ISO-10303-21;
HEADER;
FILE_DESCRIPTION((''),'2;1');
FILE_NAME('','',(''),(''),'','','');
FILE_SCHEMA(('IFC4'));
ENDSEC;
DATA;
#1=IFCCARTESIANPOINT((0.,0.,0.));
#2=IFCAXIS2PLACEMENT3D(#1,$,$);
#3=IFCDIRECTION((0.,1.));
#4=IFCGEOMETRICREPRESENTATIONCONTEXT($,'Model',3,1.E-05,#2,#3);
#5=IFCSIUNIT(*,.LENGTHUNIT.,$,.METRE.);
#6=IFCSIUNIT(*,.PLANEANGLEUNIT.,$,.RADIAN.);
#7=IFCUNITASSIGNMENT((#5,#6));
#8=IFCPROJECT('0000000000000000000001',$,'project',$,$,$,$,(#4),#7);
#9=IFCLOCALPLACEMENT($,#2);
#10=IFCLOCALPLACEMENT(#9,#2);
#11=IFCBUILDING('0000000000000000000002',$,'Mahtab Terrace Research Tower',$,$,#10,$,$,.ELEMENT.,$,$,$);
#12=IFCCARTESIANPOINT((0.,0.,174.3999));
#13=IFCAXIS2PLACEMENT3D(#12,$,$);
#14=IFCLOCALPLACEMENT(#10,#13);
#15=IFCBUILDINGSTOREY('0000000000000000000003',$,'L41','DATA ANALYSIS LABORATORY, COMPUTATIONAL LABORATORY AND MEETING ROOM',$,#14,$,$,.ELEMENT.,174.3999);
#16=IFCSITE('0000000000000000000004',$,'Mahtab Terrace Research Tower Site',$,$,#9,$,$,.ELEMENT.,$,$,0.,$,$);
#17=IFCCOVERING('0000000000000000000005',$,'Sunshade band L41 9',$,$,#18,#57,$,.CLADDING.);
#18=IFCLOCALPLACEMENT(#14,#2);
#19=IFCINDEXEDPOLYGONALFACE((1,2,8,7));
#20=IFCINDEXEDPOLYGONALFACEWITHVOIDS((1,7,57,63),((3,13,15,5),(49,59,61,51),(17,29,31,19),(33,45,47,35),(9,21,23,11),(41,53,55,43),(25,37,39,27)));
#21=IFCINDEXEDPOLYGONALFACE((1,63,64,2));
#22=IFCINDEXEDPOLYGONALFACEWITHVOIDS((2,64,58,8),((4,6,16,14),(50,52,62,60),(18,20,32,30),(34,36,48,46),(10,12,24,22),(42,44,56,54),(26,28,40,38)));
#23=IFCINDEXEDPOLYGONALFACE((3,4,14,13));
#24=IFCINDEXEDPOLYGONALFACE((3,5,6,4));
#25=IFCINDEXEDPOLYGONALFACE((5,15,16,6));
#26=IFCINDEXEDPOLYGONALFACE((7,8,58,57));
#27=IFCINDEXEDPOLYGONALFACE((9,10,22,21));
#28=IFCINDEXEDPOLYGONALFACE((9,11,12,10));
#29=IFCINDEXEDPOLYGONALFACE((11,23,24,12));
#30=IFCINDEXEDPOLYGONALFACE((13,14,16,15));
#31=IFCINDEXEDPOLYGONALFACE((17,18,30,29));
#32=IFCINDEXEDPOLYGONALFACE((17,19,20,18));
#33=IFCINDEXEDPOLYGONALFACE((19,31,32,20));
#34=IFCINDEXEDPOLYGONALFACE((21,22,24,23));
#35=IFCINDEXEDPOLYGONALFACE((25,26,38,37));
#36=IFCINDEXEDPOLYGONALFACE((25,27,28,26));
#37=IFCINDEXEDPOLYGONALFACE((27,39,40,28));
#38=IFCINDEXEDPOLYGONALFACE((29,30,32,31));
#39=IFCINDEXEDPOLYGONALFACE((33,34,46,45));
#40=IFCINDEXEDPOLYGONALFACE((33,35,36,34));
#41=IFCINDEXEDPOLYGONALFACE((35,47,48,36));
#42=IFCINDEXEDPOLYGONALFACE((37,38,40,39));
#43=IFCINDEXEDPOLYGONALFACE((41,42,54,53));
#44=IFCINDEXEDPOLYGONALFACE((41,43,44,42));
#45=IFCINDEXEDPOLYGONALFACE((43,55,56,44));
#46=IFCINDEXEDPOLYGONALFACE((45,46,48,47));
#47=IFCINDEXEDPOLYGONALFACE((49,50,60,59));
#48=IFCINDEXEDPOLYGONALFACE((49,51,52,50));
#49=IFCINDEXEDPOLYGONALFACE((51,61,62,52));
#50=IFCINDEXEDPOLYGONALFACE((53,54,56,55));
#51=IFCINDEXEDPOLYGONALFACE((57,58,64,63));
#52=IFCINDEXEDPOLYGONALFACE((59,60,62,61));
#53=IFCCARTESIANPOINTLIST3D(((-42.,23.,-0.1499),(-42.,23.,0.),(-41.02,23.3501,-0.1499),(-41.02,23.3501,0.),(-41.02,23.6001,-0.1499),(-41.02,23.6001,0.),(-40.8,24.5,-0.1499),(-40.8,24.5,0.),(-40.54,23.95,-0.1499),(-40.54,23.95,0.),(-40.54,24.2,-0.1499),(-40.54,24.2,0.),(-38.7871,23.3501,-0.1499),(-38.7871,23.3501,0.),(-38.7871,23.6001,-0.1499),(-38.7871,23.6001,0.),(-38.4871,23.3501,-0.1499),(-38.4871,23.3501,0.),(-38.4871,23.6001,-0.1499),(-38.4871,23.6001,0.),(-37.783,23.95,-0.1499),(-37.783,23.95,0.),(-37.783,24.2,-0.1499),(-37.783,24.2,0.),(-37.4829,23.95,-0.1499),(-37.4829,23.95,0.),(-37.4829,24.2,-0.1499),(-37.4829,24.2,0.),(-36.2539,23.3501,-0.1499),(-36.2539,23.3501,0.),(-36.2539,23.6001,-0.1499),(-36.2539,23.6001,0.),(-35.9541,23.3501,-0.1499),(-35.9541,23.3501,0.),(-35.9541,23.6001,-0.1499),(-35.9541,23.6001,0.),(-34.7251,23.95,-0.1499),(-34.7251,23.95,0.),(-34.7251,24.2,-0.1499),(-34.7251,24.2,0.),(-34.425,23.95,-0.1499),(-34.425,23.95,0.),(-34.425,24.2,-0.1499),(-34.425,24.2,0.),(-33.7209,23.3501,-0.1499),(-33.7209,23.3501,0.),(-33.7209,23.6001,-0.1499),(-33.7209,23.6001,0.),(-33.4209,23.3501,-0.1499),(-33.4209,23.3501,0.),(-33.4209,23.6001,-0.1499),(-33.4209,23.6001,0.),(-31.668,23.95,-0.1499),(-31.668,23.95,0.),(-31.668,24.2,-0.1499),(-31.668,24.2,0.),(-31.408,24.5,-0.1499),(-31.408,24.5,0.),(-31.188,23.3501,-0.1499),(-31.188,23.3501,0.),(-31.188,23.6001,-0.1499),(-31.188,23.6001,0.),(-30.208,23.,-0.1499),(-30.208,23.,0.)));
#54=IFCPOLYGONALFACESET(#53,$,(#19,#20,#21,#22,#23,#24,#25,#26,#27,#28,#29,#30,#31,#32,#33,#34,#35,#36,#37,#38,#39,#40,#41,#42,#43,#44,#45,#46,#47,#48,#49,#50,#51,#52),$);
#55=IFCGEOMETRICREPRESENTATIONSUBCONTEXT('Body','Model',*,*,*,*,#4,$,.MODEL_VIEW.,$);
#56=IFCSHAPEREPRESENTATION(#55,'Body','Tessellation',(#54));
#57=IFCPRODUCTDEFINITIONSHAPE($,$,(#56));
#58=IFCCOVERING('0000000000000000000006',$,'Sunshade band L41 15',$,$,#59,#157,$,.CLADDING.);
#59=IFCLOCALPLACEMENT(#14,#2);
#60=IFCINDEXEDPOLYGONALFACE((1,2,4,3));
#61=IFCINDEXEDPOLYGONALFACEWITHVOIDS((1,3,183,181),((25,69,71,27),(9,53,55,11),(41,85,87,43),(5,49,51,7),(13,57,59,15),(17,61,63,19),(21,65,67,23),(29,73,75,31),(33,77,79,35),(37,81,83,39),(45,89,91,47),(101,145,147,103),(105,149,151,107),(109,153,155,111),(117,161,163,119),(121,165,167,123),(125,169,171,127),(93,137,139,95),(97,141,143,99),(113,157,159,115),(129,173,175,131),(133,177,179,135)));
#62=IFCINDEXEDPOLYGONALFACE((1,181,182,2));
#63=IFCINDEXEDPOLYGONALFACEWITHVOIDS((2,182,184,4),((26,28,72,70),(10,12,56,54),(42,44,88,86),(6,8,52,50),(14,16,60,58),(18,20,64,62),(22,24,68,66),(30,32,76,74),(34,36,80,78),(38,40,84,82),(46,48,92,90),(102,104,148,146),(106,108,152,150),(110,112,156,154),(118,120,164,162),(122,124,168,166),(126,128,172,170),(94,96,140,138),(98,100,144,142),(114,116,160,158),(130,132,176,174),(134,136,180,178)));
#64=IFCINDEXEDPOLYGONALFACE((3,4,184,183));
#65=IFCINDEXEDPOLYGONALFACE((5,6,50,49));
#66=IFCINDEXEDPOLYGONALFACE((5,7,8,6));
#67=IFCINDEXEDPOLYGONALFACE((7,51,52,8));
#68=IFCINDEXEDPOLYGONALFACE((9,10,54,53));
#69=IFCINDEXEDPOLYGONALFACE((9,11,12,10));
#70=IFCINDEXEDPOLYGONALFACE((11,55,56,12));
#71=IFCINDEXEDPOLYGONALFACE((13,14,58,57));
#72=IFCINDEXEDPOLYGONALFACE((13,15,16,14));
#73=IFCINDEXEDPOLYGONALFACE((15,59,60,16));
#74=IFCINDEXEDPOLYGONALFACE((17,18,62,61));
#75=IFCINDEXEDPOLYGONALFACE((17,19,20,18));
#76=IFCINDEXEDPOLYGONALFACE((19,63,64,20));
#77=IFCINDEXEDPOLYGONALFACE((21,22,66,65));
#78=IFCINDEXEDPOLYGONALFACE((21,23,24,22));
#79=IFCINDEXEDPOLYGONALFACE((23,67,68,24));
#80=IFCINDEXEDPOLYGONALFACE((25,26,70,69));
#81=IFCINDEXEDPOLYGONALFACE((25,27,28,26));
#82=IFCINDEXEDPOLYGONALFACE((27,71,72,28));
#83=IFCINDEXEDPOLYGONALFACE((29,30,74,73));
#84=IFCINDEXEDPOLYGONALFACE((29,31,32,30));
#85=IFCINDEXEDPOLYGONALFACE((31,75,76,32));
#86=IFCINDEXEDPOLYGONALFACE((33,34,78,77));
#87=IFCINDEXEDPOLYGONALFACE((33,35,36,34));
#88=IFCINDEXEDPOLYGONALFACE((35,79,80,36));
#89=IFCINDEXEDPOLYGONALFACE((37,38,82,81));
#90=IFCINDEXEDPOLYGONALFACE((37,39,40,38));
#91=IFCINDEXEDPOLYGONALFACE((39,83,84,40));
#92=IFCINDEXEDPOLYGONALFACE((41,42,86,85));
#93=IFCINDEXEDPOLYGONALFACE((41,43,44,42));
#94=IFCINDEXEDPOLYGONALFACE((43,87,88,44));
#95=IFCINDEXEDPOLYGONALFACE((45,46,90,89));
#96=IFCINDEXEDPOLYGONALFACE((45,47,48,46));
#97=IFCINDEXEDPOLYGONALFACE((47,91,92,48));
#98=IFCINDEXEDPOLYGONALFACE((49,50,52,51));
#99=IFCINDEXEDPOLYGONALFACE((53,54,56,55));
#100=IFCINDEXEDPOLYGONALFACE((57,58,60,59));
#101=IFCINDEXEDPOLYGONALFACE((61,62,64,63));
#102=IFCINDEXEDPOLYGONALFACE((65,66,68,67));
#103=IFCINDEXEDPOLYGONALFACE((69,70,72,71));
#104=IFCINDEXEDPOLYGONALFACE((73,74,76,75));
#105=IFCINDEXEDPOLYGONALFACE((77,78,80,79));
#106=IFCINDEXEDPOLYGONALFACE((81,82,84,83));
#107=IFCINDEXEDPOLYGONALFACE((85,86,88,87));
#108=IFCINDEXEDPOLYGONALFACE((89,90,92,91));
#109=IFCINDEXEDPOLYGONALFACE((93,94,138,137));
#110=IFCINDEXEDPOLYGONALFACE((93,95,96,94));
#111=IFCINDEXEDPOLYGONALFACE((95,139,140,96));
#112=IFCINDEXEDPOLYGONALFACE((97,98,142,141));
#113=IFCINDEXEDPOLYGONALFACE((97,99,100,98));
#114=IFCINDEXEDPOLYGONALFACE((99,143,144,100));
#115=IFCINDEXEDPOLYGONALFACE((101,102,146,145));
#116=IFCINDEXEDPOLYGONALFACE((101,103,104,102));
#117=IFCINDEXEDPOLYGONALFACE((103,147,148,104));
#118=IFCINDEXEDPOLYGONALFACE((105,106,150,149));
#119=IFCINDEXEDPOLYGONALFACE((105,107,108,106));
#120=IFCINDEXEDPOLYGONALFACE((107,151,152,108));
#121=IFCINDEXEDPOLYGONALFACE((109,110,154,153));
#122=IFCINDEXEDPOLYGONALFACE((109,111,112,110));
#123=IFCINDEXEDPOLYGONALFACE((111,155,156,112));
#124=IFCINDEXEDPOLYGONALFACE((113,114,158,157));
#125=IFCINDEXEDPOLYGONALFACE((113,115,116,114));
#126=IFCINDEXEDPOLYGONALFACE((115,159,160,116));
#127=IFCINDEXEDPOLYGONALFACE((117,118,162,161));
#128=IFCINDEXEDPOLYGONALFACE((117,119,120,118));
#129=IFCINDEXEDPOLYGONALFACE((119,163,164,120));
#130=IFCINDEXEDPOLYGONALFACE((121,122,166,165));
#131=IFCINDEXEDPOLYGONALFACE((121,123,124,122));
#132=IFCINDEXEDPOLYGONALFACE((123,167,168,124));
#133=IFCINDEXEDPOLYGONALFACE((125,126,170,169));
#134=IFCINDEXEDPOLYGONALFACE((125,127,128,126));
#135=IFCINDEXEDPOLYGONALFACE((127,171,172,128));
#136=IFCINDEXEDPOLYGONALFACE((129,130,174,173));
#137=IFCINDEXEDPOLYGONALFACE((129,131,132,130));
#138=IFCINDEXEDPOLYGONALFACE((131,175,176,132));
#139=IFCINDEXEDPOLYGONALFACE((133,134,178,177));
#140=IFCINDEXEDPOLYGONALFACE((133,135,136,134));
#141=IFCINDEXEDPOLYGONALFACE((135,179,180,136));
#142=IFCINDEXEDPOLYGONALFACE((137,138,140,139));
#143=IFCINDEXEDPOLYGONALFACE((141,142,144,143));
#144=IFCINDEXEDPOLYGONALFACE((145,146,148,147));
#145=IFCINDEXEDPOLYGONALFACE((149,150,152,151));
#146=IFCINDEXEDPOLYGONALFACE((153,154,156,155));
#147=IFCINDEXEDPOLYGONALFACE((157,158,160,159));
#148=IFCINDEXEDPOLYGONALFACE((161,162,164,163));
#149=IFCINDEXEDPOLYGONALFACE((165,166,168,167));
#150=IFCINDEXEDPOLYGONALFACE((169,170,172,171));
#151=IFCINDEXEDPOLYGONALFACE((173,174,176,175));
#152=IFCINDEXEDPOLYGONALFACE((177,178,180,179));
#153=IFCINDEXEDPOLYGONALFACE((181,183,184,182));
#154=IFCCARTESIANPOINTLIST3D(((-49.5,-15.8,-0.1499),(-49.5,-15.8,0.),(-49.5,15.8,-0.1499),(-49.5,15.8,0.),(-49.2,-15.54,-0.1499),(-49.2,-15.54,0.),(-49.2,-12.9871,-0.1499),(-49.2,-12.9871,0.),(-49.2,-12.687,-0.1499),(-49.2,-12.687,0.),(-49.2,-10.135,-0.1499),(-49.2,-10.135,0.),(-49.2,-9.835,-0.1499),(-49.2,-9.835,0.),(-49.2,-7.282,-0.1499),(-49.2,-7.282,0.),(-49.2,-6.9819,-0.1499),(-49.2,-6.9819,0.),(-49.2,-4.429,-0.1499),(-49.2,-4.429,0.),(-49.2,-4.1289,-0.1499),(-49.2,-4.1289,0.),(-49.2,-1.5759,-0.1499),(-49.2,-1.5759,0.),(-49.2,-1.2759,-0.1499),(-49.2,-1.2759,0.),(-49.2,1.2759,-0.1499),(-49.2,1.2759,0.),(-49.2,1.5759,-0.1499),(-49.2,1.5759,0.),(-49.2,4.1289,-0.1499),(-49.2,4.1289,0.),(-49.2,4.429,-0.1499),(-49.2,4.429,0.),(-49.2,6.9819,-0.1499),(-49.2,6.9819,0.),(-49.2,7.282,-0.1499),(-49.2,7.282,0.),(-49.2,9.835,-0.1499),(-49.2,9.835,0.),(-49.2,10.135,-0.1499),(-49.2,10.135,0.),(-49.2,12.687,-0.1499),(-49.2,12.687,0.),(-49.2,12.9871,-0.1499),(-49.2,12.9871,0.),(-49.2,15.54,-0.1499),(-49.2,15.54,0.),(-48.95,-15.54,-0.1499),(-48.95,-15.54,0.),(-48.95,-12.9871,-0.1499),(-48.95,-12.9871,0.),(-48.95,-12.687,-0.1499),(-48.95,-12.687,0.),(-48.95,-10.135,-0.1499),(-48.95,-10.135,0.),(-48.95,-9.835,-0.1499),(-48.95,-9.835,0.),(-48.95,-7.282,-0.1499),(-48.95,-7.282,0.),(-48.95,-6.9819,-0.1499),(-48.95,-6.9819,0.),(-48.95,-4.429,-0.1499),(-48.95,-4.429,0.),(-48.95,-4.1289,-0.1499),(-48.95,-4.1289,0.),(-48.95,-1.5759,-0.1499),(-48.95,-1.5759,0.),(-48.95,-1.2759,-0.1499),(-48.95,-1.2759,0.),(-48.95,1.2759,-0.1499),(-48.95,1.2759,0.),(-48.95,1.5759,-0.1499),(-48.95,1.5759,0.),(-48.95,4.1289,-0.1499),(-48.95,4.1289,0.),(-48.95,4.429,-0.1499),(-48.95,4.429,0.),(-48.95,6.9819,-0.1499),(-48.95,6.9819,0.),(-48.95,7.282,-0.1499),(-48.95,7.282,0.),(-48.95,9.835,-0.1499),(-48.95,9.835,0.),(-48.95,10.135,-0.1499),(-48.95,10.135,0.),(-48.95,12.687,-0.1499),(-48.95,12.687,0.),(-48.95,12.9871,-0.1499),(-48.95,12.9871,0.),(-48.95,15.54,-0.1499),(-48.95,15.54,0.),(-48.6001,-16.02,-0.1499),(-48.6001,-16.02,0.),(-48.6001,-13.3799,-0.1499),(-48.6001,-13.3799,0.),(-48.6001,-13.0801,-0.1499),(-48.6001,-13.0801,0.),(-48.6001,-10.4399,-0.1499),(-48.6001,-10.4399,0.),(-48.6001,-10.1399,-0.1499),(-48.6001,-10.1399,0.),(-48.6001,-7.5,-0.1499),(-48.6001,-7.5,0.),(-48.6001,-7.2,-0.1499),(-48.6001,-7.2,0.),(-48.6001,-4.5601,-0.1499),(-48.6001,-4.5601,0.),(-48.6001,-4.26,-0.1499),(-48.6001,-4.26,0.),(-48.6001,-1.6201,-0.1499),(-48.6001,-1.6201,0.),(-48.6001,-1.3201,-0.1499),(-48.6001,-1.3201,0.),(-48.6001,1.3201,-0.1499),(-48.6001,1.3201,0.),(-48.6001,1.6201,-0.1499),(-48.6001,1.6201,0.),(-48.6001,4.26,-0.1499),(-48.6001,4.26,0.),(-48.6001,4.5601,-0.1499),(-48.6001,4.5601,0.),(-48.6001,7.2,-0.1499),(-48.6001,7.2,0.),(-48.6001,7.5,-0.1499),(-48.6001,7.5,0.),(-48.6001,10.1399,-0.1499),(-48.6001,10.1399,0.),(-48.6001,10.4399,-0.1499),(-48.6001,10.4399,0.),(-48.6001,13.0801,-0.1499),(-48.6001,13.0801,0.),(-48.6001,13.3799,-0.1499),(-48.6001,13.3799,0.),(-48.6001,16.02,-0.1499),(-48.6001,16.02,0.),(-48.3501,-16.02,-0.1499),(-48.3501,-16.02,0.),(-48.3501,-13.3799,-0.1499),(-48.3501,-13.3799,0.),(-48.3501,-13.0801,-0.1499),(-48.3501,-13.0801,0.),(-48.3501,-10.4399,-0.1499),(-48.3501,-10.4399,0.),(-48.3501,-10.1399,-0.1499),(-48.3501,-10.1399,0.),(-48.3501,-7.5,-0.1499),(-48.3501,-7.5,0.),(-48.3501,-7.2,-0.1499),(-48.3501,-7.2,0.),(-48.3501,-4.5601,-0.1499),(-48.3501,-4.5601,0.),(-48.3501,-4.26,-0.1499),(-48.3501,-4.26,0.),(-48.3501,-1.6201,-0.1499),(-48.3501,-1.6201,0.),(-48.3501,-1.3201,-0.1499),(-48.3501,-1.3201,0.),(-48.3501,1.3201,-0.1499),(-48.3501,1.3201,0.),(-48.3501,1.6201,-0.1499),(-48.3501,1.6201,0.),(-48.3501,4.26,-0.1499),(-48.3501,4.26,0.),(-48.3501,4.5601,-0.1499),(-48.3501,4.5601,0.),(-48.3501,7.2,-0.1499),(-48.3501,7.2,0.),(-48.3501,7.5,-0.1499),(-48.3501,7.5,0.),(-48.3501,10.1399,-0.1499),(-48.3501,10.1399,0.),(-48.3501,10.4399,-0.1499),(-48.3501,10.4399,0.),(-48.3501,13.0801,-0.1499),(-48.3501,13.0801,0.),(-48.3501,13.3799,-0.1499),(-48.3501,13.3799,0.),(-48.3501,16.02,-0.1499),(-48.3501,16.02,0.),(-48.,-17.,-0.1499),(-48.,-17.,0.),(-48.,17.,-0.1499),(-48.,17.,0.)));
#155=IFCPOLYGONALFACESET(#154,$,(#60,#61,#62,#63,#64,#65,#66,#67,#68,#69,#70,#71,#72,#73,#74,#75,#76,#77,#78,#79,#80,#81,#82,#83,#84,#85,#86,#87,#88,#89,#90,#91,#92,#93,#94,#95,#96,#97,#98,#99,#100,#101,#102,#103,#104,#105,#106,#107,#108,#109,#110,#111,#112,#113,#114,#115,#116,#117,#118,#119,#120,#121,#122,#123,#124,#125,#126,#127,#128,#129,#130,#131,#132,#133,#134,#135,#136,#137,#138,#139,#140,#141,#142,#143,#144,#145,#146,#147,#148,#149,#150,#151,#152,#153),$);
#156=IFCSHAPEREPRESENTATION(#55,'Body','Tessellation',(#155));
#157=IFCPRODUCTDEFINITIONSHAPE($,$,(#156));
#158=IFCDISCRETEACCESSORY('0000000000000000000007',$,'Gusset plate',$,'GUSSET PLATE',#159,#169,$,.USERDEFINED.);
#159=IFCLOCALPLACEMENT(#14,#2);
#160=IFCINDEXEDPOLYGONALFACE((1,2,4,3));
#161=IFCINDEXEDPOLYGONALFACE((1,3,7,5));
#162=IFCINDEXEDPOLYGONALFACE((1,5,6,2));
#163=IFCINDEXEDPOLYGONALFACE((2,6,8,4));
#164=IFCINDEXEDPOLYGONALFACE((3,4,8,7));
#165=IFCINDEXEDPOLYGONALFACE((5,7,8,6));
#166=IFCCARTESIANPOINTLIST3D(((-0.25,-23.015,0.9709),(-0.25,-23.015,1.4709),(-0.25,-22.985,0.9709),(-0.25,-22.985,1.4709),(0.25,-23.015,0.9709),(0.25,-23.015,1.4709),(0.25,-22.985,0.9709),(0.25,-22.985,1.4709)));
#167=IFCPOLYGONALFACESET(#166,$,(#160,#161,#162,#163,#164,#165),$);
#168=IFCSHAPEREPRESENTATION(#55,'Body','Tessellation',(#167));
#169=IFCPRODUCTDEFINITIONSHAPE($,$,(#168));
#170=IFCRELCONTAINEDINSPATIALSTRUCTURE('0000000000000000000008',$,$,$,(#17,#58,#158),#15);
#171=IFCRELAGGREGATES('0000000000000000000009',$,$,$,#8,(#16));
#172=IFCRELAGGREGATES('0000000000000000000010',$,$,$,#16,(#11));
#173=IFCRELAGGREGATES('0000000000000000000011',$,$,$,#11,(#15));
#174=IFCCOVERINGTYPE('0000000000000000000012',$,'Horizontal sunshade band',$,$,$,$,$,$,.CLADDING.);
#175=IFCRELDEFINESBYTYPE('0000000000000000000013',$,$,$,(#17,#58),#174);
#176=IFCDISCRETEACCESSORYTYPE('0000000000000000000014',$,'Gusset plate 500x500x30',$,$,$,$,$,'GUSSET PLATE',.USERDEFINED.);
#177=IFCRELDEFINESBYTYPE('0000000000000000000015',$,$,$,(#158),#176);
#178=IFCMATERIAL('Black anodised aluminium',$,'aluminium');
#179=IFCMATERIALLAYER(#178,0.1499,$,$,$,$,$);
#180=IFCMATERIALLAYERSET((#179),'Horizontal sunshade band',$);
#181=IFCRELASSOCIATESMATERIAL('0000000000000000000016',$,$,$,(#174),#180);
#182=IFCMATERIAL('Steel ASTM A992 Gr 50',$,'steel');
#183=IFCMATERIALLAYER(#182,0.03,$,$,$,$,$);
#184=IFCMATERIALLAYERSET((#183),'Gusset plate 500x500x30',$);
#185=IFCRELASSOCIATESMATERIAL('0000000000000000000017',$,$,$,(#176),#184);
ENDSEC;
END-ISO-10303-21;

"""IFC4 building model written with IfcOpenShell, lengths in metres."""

from ifc_helpers import new_model, si_unit, direction, frame, origin, origin_2d, place, context, subcontext, project, spatial, polyline, rectangle, outline, extrude, material, layer, layer_set, type_object, element, save


model = new_model("IFC4")

# Units and contexts
model_context = context("Model", 3, precision=1e-05, world=origin(), true_north=direction((0.0, 1.0)))
body_context = subcontext(model_context, "Body", "Model", "MODEL_VIEW")
ifc_project = project(units=[si_unit("LENGTHUNIT", "METRE"), si_unit("PLANEANGLEUNIT", "RADIAN")], contexts=[model_context])

# Site, building, storey
site_placement = place(None, origin())
site = spatial("IfcSite", under=ifc_project, at=site_placement, Name="Mahtab Terrace Research Tower Site", CompositionType="ELEMENT", RefElevation=0.0)
building_placement = place(site_placement, origin())
building = spatial("IfcBuilding", under=site, at=building_placement, Name="Mahtab Terrace Research Tower", CompositionType="ELEMENT")
storey_placement = place(building_placement, frame((0.0, 0.0, 174.3999)))
storey = spatial("IfcBuildingStorey", under=building, at=storey_placement, Name="L41", Description="DATA ANALYSIS LABORATORY, COMPUTATIONAL LABORATORY AND MEETING ROOM", CompositionType="ELEMENT", Elevation=174.3999)

# Coverings
ifc_material_1 = material(Name="Black anodised aluminium", Category="aluminium")
ifc_layer_1 = layer(ifc_material_1, 0.1499)
ifc_layer_set_1 = layer_set([ifc_layer_1], Name="Horizontal sunshade band")
covering_type = type_object("IfcCoveringType", Name="Horizontal sunshade band", PredefinedType="CLADDING", material=ifc_layer_set_1)
covering_1_placement = place(storey_placement, frame((0.0, 0.0, -0.1499)))
element("IfcCovering", 1, at=covering_1_placement, inside=storey, type_object=covering_type, Name="Sunshade band L41 9", PredefinedType="CLADDING", context=body_context, shape_type="SweptSolid", body=[
    extrude(outline(polyline([(-30.208, 23.0), (-42.0, 23.0), (-40.8, 24.5), (-31.408, 24.5), (-30.208, 23.0)]), holes=[polyline([(-31.188, 23.3501), (-33.4209, 23.3501), (-33.4209, 23.6001), (-31.188, 23.6001), (-31.188, 23.3501)]), polyline([(-33.7209, 23.3501), (-35.9541, 23.3501), (-35.9541, 23.6001), (-33.7209, 23.6001), (-33.7209, 23.3501)]), polyline([(-36.2539, 23.3501), (-38.4871, 23.3501), (-38.4871, 23.6001), (-36.2539, 23.6001), (-36.2539, 23.3501)]), polyline([(-38.7871, 23.3501), (-41.02, 23.3501), (-41.02, 23.6001), (-38.7871, 23.6001), (-38.7871, 23.3501)]), polyline([(-31.668, 23.95), (-34.425, 23.95), (-34.425, 24.2), (-31.668, 24.2), (-31.668, 23.95)]), polyline([(-34.7251, 23.95), (-37.4829, 23.95), (-37.4829, 24.2), (-34.7251, 24.2), (-34.7251, 23.95)]), polyline([(-37.783, 23.95), (-40.54, 23.95), (-40.54, 24.2), (-37.783, 24.2), (-37.783, 23.95)])]), origin(), (0.0, 0.0, 1.0), 0.1499),
])
covering_2_placement = place(storey_placement, frame((0.0, 0.0, -0.1499)))
element("IfcCovering", 2, at=covering_2_placement, inside=storey, type_object=covering_type, Name="Sunshade band L41 15", PredefinedType="CLADDING", context=body_context, shape_type="SweptSolid", body=[
    extrude(outline(polyline([(-48.0, 17.0), (-48.0, -17.0), (-49.5, -15.8), (-49.5, 15.8), (-48.0, 17.0)]), holes=[polyline([(-48.3501, 16.02), (-48.3501, 13.3799), (-48.6001, 13.3799), (-48.6001, 16.02), (-48.3501, 16.02)]), polyline([(-48.3501, 13.0801), (-48.3501, 10.4399), (-48.6001, 10.4399), (-48.6001, 13.0801), (-48.3501, 13.0801)]), polyline([(-48.3501, 10.1399), (-48.3501, 7.5), (-48.6001, 7.5), (-48.6001, 10.1399), (-48.3501, 10.1399)]), polyline([(-48.3501, 7.2), (-48.3501, 4.5601), (-48.6001, 4.5601), (-48.6001, 7.2), (-48.3501, 7.2)]), polyline([(-48.3501, 4.26), (-48.3501, 1.6201), (-48.6001, 1.6201), (-48.6001, 4.26), (-48.3501, 4.26)]), polyline([(-48.3501, 1.3201), (-48.3501, -1.3201), (-48.6001, -1.3201), (-48.6001, 1.3201), (-48.3501, 1.3201)]), polyline([(-48.3501, -1.6201), (-48.3501, -4.26), (-48.6001, -4.26), (-48.6001, -1.6201), (-48.3501, -1.6201)]), polyline([(-48.3501, -4.5601), (-48.3501, -7.2), (-48.6001, -7.2), (-48.6001, -4.5601), (-48.3501, -4.5601)]), polyline([(-48.3501, -7.5), (-48.3501, -10.1399), (-48.6001, -10.1399), (-48.6001, -7.5), (-48.3501, -7.5)]), polyline([(-48.3501, -10.4399), (-48.3501, -13.0801), (-48.6001, -13.0801), (-48.6001, -10.4399), (-48.3501, -10.4399)]), polyline([(-48.3501, -13.3799), (-48.3501, -16.02), (-48.6001, -16.02), (-48.6001, -13.3799), (-48.3501, -13.3799)]), polyline([(-48.95, 15.54), (-48.95, 12.9871), (-49.2, 12.9871), (-49.2, 15.54), (-48.95, 15.54)]), polyline([(-48.95, 12.687), (-48.95, 10.135), (-49.2, 10.135), (-49.2, 12.687), (-48.95, 12.687)]), polyline([(-48.95, 9.835), (-48.95, 7.282), (-49.2, 7.282), (-49.2, 9.835), (-48.95, 9.835)]), polyline([(-48.95, 6.9819), (-48.95, 4.429), (-49.2, 4.429), (-49.2, 6.9819), (-48.95, 6.9819)]), polyline([(-48.95, 4.1289), (-48.95, 1.5759), (-49.2, 1.5759), (-49.2, 4.1289), (-48.95, 4.1289)]), polyline([(-48.95, 1.2759), (-48.95, -1.2759), (-49.2, -1.2759), (-49.2, 1.2759), (-48.95, 1.2759)]), polyline([(-48.95, -1.5759), (-48.95, -4.1289), (-49.2, -4.1289), (-49.2, -1.5759), (-48.95, -1.5759)]), polyline([(-48.95, -4.429), (-48.95, -6.9819), (-49.2, -6.9819), (-49.2, -4.429), (-48.95, -4.429)]), polyline([(-48.95, -7.282), (-48.95, -9.835), (-49.2, -9.835), (-49.2, -7.282), (-48.95, -7.282)]), polyline([(-48.95, -10.135), (-48.95, -12.687), (-49.2, -12.687), (-49.2, -10.135), (-48.95, -10.135)]), polyline([(-48.95, -12.9871), (-48.95, -15.54), (-49.2, -15.54), (-49.2, -12.9871), (-48.95, -12.9871)])]), origin(), (0.0, 0.0, 1.0), 0.1499),
])

# Discrete accessory
ifc_material_2 = material(Name="Steel ASTM A992 Gr 50", Category="steel")
ifc_layer_2 = layer(ifc_material_2, 0.03)
ifc_layer_set_2 = layer_set([ifc_layer_2], Name="Gusset plate 500x500x30")
discrete_accessory_type = type_object("IfcDiscreteAccessoryType", Name="Gusset plate 500x500x30", ElementType="GUSSET PLATE", PredefinedType="USERDEFINED", material=ifc_layer_set_2)
discrete_accessory_placement = place(storey_placement, frame((0.0, -23.0, 0.9709), z_axis=(0.0, 0.0, 1.0), x_axis=(1.0, 0.0, 0.0)))
element("IfcDiscreteAccessory", 3, at=discrete_accessory_placement, inside=storey, type_object=discrete_accessory_type, Name="Gusset plate", ObjectType="GUSSET PLATE", PredefinedType="USERDEFINED", context=body_context, shape_type="SweptSolid", body=[
    extrude(rectangle(XDim=0.5, YDim=0.03, at=origin_2d()), origin(), (0.0, 0.0, 1.0), 0.5),
])

save(model, "model.ifc")
